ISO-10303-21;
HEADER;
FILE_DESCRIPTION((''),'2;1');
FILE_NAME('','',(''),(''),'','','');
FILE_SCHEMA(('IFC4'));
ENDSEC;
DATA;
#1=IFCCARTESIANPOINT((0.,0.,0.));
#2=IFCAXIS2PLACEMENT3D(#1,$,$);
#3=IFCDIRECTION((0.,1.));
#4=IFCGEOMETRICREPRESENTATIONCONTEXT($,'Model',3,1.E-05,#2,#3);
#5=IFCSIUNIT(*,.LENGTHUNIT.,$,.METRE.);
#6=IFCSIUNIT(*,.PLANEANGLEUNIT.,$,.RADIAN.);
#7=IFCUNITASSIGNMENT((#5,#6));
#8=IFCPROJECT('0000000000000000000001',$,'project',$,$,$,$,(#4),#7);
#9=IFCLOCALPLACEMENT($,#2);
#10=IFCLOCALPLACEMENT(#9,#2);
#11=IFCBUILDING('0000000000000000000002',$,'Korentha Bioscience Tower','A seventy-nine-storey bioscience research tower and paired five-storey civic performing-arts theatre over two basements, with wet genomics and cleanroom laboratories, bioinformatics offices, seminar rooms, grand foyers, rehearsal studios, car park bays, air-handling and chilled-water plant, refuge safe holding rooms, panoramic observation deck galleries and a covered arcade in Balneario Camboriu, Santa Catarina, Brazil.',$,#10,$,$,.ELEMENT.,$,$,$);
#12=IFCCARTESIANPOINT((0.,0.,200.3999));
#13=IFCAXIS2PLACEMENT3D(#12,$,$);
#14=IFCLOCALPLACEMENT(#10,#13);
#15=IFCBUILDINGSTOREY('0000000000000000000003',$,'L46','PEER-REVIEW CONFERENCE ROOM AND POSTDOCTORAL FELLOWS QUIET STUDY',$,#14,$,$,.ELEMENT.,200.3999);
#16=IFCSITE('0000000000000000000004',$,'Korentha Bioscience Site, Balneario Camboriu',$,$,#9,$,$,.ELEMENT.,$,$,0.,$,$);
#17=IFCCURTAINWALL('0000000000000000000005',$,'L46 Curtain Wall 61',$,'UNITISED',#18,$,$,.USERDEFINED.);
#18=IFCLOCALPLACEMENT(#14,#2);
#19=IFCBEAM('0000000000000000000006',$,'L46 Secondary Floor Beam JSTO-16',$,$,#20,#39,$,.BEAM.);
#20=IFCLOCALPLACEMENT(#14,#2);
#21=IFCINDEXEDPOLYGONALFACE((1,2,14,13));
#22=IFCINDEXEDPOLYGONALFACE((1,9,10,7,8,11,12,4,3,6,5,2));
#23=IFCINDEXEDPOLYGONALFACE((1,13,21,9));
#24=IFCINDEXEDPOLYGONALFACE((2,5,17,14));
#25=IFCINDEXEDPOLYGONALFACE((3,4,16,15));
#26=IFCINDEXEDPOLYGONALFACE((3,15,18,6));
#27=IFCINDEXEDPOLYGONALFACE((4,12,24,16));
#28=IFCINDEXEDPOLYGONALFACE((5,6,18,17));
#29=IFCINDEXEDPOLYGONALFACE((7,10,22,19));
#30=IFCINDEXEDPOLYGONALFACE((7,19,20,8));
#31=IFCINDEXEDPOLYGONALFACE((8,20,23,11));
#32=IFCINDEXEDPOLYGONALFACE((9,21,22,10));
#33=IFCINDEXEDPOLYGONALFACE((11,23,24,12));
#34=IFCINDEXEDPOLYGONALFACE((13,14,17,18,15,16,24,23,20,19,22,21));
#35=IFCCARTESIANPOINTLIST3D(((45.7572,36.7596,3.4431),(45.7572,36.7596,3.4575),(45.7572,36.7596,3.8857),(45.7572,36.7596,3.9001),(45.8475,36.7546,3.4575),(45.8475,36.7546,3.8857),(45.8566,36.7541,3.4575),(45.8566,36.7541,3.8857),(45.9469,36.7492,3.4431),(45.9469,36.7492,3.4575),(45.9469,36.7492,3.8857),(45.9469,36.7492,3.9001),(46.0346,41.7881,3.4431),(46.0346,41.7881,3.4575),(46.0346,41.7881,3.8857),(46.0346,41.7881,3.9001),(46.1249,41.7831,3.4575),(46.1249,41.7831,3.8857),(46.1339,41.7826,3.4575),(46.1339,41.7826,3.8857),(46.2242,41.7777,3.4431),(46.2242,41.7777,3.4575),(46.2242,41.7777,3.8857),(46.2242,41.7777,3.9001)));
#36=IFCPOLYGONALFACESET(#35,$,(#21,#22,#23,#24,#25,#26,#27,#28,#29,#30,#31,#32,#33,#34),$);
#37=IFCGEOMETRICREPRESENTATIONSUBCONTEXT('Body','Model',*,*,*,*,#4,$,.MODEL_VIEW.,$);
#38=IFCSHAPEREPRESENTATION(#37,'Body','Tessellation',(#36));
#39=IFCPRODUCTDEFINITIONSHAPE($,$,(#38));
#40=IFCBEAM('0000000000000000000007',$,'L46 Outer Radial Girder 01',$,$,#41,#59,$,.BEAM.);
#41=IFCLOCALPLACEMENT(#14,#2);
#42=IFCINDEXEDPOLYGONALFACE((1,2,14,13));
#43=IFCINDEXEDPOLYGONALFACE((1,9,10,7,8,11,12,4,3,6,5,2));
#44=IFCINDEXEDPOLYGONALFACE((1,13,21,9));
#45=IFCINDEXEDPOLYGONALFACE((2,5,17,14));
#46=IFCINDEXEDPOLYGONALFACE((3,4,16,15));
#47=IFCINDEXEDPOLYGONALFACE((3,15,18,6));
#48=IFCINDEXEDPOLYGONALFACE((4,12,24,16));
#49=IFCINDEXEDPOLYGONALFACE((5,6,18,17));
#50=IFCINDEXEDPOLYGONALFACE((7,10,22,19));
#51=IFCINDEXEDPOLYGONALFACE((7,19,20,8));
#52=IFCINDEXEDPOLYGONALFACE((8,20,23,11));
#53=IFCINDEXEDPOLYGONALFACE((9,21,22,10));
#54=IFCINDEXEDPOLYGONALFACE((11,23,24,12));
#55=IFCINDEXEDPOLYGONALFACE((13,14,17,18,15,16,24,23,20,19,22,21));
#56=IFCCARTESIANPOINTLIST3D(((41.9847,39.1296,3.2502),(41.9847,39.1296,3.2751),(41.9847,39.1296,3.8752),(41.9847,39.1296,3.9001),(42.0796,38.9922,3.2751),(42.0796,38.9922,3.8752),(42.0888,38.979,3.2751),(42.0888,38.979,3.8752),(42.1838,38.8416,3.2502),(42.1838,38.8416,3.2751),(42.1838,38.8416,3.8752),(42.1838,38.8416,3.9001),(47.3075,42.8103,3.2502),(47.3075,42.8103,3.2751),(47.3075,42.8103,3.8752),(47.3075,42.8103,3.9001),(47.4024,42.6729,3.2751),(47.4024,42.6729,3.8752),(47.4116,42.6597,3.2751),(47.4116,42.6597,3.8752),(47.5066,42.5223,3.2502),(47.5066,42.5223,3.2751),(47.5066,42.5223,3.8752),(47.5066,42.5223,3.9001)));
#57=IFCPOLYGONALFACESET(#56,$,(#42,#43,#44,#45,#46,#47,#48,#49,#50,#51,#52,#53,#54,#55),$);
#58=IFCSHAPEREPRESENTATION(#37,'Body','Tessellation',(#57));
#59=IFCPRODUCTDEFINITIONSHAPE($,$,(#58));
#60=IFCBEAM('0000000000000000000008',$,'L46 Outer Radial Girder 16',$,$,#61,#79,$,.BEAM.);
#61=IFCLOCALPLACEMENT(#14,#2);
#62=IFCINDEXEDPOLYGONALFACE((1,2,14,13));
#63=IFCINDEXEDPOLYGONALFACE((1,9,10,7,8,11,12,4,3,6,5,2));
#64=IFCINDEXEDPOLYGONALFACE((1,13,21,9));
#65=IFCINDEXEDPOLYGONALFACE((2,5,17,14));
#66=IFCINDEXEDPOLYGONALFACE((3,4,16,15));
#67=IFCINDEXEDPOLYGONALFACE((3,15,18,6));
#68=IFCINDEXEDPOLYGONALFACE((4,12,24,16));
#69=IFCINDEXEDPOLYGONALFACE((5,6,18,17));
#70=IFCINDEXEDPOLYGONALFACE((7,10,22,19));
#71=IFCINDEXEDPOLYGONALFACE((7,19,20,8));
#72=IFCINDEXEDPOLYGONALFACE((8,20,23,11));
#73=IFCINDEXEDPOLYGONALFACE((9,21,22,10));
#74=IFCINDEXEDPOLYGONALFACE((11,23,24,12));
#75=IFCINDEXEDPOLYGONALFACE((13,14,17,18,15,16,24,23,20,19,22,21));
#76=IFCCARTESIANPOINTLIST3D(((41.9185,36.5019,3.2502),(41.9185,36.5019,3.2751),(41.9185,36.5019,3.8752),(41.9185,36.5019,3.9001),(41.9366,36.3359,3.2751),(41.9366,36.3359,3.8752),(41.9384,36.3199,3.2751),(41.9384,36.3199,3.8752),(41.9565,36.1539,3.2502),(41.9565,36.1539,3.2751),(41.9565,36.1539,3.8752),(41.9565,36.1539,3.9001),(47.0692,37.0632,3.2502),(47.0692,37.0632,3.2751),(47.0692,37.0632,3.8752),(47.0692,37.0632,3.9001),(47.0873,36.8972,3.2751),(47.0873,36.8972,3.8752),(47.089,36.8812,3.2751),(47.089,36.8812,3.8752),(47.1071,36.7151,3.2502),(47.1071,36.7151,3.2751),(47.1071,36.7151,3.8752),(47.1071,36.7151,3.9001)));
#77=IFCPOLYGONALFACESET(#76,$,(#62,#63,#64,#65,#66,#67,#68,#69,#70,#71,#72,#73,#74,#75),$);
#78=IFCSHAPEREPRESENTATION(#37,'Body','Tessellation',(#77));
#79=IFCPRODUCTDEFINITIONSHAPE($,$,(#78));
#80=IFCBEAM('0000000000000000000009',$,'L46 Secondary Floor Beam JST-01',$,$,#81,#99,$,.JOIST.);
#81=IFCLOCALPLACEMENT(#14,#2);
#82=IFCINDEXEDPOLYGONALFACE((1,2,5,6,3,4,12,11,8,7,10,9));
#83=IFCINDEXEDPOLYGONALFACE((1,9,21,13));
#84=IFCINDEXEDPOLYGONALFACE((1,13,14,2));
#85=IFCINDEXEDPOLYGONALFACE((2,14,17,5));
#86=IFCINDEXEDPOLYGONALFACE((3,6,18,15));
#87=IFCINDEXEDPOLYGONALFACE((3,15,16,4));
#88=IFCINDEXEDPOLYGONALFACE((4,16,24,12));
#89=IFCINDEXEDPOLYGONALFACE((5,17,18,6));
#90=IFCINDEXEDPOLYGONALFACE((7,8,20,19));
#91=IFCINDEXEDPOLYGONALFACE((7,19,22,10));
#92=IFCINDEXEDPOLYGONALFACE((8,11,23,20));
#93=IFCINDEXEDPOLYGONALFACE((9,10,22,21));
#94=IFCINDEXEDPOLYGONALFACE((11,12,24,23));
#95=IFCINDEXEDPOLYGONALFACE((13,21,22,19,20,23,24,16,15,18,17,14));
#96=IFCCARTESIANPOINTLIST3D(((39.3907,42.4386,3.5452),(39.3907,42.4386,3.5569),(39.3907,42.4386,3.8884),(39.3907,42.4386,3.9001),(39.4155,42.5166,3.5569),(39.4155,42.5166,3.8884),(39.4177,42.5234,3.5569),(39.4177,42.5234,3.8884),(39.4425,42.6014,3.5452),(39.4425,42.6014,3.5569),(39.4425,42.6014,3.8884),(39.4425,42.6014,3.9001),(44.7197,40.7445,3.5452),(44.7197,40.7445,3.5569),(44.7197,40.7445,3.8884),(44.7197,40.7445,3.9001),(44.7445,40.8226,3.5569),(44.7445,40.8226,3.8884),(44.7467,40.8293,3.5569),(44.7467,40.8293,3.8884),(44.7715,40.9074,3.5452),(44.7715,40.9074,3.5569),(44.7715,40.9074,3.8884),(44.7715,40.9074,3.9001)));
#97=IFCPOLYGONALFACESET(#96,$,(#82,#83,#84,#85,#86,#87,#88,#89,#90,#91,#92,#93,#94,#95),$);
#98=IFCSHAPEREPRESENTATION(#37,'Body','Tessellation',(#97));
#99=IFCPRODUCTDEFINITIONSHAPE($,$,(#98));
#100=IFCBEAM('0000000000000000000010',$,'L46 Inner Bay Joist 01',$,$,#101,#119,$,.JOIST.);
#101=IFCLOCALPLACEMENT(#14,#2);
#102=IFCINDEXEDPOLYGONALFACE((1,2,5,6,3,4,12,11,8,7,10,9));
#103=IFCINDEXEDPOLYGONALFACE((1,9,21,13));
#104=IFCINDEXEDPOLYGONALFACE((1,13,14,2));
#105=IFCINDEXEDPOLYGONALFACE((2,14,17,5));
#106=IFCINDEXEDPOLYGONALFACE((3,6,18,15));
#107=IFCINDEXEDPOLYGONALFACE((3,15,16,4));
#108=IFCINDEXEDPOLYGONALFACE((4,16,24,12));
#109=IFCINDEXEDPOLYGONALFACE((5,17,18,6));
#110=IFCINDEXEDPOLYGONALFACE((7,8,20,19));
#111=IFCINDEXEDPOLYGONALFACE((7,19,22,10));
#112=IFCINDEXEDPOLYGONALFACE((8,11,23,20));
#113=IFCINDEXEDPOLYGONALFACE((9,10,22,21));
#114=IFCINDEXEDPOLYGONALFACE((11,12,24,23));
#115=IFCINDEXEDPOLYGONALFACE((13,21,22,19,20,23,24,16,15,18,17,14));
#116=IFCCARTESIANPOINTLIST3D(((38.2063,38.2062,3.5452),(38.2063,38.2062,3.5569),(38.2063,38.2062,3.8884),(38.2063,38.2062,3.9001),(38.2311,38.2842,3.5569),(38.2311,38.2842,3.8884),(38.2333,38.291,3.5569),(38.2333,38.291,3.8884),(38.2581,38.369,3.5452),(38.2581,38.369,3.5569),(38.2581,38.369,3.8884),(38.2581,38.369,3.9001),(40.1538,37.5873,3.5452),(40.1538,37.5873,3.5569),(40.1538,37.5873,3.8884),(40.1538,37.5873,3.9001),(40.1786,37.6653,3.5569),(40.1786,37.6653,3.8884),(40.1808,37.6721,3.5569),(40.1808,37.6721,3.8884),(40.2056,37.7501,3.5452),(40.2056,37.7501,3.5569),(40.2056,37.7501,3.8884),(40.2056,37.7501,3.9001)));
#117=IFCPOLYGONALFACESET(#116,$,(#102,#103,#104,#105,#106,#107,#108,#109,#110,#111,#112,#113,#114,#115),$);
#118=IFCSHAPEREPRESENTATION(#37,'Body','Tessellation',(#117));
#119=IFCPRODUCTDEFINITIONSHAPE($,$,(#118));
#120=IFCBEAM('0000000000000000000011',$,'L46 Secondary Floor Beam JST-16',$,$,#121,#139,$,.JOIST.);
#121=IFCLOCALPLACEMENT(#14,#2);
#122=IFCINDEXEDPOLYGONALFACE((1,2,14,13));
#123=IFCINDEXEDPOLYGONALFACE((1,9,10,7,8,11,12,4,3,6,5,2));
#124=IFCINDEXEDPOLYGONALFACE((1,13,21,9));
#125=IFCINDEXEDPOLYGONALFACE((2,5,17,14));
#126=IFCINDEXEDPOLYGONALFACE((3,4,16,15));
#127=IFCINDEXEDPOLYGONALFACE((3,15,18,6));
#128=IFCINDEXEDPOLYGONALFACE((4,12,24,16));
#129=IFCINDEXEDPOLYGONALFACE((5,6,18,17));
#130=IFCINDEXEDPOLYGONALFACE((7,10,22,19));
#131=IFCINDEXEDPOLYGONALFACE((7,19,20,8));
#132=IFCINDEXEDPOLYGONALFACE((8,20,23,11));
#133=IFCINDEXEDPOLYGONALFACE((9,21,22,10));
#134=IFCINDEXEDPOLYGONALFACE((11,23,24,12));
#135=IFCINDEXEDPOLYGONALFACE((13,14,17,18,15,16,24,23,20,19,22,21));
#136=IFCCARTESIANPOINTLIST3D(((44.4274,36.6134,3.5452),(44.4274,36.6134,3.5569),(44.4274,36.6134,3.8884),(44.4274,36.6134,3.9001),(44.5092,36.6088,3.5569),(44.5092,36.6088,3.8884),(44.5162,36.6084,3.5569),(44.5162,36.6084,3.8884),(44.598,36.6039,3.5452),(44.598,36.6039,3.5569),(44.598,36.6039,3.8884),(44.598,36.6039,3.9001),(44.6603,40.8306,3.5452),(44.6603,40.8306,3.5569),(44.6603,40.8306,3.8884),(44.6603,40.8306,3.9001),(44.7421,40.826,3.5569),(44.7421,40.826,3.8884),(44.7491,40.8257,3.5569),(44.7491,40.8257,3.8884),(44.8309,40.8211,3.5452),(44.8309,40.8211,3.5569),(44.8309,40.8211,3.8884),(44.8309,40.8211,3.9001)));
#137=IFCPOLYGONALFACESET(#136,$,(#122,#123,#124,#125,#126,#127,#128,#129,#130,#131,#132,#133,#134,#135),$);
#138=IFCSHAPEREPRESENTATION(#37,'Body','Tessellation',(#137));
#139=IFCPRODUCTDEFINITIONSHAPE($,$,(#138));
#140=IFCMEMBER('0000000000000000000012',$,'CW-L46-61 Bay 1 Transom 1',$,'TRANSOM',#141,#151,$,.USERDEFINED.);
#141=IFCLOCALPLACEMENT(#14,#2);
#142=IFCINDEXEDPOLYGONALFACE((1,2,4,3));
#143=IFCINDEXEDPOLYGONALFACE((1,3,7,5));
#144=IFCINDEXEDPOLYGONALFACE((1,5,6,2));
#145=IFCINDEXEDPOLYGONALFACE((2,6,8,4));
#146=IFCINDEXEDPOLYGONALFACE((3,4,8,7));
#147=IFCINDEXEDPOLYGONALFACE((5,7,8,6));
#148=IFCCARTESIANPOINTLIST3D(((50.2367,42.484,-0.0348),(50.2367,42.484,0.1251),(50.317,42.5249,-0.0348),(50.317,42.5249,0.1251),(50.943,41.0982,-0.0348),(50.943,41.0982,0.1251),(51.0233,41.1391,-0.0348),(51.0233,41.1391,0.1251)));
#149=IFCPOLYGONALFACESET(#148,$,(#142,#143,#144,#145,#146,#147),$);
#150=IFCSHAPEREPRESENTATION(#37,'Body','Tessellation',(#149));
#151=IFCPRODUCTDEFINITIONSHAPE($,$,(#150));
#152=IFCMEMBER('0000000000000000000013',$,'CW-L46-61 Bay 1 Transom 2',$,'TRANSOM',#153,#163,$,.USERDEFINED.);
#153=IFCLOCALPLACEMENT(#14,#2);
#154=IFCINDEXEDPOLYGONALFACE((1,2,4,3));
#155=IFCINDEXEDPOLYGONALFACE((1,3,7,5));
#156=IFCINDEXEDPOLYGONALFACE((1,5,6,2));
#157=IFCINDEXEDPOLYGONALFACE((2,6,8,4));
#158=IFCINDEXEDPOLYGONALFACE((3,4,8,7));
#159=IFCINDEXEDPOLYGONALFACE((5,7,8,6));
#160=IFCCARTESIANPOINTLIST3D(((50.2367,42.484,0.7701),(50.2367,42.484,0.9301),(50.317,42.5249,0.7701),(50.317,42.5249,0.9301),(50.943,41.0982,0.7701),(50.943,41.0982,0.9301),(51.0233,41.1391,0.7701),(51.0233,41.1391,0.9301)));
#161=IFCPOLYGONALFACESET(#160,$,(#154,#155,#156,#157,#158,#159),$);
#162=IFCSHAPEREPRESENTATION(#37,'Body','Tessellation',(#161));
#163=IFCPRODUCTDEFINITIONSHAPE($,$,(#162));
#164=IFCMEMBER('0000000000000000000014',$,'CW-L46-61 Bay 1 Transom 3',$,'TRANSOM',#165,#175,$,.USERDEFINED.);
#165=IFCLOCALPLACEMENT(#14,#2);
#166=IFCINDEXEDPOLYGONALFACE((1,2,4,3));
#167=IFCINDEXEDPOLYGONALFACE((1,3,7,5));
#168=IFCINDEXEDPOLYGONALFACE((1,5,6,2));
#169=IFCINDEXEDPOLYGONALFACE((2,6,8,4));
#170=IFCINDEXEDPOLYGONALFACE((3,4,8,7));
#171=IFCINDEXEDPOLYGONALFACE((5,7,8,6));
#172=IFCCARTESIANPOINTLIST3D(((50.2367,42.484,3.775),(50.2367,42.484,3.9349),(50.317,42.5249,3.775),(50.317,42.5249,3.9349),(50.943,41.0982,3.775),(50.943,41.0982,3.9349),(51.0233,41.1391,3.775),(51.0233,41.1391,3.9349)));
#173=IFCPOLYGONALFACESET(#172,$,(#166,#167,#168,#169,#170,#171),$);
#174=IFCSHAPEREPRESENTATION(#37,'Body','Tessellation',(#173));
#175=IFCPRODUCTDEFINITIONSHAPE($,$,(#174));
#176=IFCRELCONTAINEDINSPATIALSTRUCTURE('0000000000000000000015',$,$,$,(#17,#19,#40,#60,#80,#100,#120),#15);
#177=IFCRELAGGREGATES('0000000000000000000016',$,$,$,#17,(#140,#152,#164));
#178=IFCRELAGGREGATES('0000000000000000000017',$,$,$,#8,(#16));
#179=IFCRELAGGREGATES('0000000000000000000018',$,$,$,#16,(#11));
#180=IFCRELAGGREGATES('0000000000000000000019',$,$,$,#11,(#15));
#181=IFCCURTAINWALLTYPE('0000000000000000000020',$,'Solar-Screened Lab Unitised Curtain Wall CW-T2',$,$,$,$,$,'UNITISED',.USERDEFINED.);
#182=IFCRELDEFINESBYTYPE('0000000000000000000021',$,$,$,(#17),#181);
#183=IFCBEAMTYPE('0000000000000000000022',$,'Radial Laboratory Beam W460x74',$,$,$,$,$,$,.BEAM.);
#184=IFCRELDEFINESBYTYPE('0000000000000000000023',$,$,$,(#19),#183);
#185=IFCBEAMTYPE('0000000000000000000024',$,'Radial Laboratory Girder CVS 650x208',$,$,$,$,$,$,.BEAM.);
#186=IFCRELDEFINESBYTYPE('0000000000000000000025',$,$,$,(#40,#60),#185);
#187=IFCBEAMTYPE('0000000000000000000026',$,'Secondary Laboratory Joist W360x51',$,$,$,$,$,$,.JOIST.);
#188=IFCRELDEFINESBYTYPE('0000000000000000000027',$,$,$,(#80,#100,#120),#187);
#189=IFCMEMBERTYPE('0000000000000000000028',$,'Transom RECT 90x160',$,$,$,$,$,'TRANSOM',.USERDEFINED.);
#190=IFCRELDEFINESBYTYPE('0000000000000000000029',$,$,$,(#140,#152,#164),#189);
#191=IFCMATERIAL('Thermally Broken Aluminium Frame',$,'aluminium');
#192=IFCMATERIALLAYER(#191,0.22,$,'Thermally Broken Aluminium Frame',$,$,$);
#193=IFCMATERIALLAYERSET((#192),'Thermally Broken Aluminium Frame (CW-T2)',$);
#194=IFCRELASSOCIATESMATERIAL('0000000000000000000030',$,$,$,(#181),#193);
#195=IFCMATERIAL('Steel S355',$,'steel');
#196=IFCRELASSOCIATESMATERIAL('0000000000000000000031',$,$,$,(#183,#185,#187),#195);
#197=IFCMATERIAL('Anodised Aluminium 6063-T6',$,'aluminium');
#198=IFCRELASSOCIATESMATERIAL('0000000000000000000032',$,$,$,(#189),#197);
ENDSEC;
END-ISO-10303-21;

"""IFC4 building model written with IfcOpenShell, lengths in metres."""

from ifc_helpers import new_model, si_unit, direction, frame, origin, origin_2d, place, context, subcontext, project, spatial, rectangle, i_section, extrude, material, layer, layer_set, material_profile, profile_set, type_object, element, aggregate, save


model = new_model("IFC4")

# Units and contexts
model_context = context("Model", 3, precision=1e-05, world=origin(), true_north=direction((0.0, 1.0)))
body_context = subcontext(model_context, "Body", "Model", "MODEL_VIEW")
ifc_project = project(units=[si_unit("LENGTHUNIT", "METRE"), si_unit("PLANEANGLEUNIT", "RADIAN")], contexts=[model_context])

# Site, building, storey
site_placement = place(None, origin())
site = spatial("IfcSite", under=ifc_project, at=site_placement, Name="Korentha Bioscience Site, Balneario Camboriu", CompositionType="ELEMENT", RefElevation=0.0)
building_placement = place(site_placement, origin())
building = spatial("IfcBuilding", under=site, at=building_placement, Name="Korentha Bioscience Tower", Description="A seventy-nine-storey bioscience research tower and paired five-storey civic performing-arts theatre over two basements, with wet genomics and cleanroom laboratories, bioinformatics offices, seminar rooms, grand foyers, rehearsal studios, car park bays, air-handling and chilled-water plant, refuge safe holding rooms, panoramic observation deck galleries and a covered arcade in Balneario Camboriu, Santa Catarina, Brazil.", CompositionType="ELEMENT")
storey_placement = place(building_placement, frame((0.0, 0.0, 200.3999)))
storey = spatial("IfcBuildingStorey", under=building, at=storey_placement, Name="L46", Description="PEER-REVIEW CONFERENCE ROOM AND POSTDOCTORAL FELLOWS QUIET STUDY", CompositionType="ELEMENT", Elevation=200.3999)

# Shared definitions
ifc_material_1 = material(Name="Steel S355", Category="steel")

# Curtain wall
ifc_material_2 = material(Name="Thermally Broken Aluminium Frame", Category="aluminium")
ifc_layer_1 = layer(ifc_material_2, 0.22, Name="Thermally Broken Aluminium Frame")
ifc_layer_set_1 = layer_set([ifc_layer_1], Name="Thermally Broken Aluminium Frame (CW-T2)")
curtain_wall_type = type_object("IfcCurtainWallType", Name="Solar-Screened Lab Unitised Curtain Wall CW-T2", ElementType="UNITISED", PredefinedType="USERDEFINED", material=ifc_layer_set_1)
curtain_wall_placement = place(storey_placement, origin())
curtain_wall = element("IfcCurtainWall", 1, at=curtain_wall_placement, inside=storey, type_object=curtain_wall_type, Name="L46 Curtain Wall 61", ObjectType="UNITISED", PredefinedType="USERDEFINED")
ifc_material_3 = material(Name="Anodised Aluminium 6063-T6", Category="aluminium")

# Beams
ifc_material_profile_1 = material_profile(ifc_material_1, i_section(OverallWidth=0.1899, OverallDepth=0.457, WebThickness=0.009, FlangeThickness=0.0144, at=origin_2d()), Name="Steel S355")
ifc_profile_set_1 = profile_set([ifc_material_profile_1], Name="Steel S355 (RB-460)")
beam_type_1 = type_object("IfcBeamType", Name="Radial Laboratory Beam W460x74", PredefinedType="BEAM", material=ifc_profile_set_1)
beam_1_placement = place(storey_placement, frame((45.8521, 36.7544, 3.6716), z_axis=(0.05507, 0.998482, 0.0), x_axis=(-0.998482, 0.05507, 0.0)))
element("IfcBeam", 2, at=beam_1_placement, inside=storey, type_object=beam_type_1, Name="L46 Secondary Floor Beam JSTO-16", PredefinedType="BEAM", context=body_context, shape_type="SweptSolid", body=[
    extrude(i_section(OverallWidth=0.1899, OverallDepth=0.457, WebThickness=0.009, FlangeThickness=0.0144, at=origin_2d()), origin(), (0.0, 0.0, 1.0), 5.0361),
])
ifc_material_profile_2 = material_profile(ifc_material_1, i_section(OverallWidth=0.3501, OverallDepth=0.6499, WebThickness=0.0161, FlangeThickness=0.0249, at=origin_2d()), Name="Steel S355")
ifc_profile_set_2 = profile_set([ifc_material_profile_2], Name="Steel S355 (RB-650)")
beam_type_2 = type_object("IfcBeamType", Name="Radial Laboratory Girder CVS 650x208", PredefinedType="BEAM", material=ifc_profile_set_2)
beam_2_placement = place(storey_placement, frame((42.0842, 38.9856, 3.5752), z_axis=(0.822504, 0.568759, 0.0), x_axis=(-0.568759, 0.822504, 0.0)))
element("IfcBeam", 3, at=beam_2_placement, inside=storey, type_object=beam_type_2, Name="L46 Outer Radial Girder 01", PredefinedType="BEAM", context=body_context, shape_type="SweptSolid", body=[
    extrude(i_section(OverallWidth=0.3501, OverallDepth=0.6499, WebThickness=0.0161, FlangeThickness=0.0249, at=origin_2d()), origin(), (0.0, 0.0, 1.0), 6.4714),
])
beam_3_placement = place(storey_placement, frame((41.9375, 36.3279, 3.5752), z_axis=(0.994115, 0.108332, 0.0), x_axis=(-0.108332, 0.994115, 0.0)))
element("IfcBeam", 4, at=beam_3_placement, inside=storey, type_object=beam_type_2, Name="L46 Outer Radial Girder 16", PredefinedType="BEAM", context=body_context, shape_type="SweptSolid", body=[
    extrude(i_section(OverallWidth=0.3501, OverallDepth=0.6499, WebThickness=0.0161, FlangeThickness=0.0249, at=origin_2d()), origin(), (0.0, 0.0, 1.0), 5.1812),
])
ifc_material_profile_3 = material_profile(ifc_material_1, i_section(OverallWidth=0.1709, OverallDepth=0.355, WebThickness=0.0071, FlangeThickness=0.0117, at=origin_2d()), Name="Steel S355")
ifc_profile_set_3 = profile_set([ifc_material_profile_3], Name="Steel S355 (JB-360)")
beam_type_3 = type_object("IfcBeamType", Name="Secondary Laboratory Joist W360x51", PredefinedType="JOIST", material=ifc_profile_set_3)
beam_4_placement = place(storey_placement, frame((44.7456, 40.8259, 3.7227), z_axis=(-0.953005, 0.302955, 0.0), x_axis=(-0.302955, -0.953005, 0.0)))
element("IfcBeam", 5, at=beam_4_placement, inside=storey, type_object=beam_type_3, Name="L46 Secondary Floor Beam JST-01", PredefinedType="JOIST", context=body_context, shape_type="SweptSolid", body=[
    extrude(i_section(OverallWidth=0.1709, OverallDepth=0.355, WebThickness=0.0071, FlangeThickness=0.0117, at=origin_2d()), origin(), (0.0, 0.0, 1.0), 5.5918),
])
beam_5_placement = place(storey_placement, frame((40.1797, 37.6687, 3.7227), z_axis=(-0.953034, 0.302863, 0.0), x_axis=(-0.302863, -0.953034, 0.0)))
element("IfcBeam", 6, at=beam_5_placement, inside=storey, type_object=beam_type_3, Name="L46 Inner Bay Joist 01", PredefinedType="JOIST", context=body_context, shape_type="SweptSolid", body=[
    extrude(i_section(OverallWidth=0.1709, OverallDepth=0.355, WebThickness=0.0071, FlangeThickness=0.0117, at=origin_2d()), origin(), (0.0, 0.0, 1.0), 2.0435),
])
beam_6_placement = place(storey_placement, frame((44.5127, 36.6086, 3.7227), z_axis=(0.055143, 0.998478, 0.0), x_axis=(-0.998478, 0.055143, 0.0)))
element("IfcBeam", 7, at=beam_6_placement, inside=storey, type_object=beam_type_3, Name="L46 Secondary Floor Beam JST-16", PredefinedType="JOIST", context=body_context, shape_type="SweptSolid", body=[
    extrude(i_section(OverallWidth=0.1709, OverallDepth=0.355, WebThickness=0.0071, FlangeThickness=0.0117, at=origin_2d()), origin(), (0.0, 0.0, 1.0), 4.2236),
])

# Members
ifc_material_profile_4 = material_profile(ifc_material_3, rectangle(XDim=0.0901, YDim=0.1599, at=origin_2d()), Name="Anodised Aluminium 6063-T6")
ifc_profile_set_4 = profile_set([ifc_material_profile_4], Name="Anodised Aluminium 6063-T6 (CW-TRN)")
member_type_1 = type_object("IfcMemberType", Name="Transom RECT 90x160", ElementType="TRANSOM", PredefinedType="USERDEFINED", material=ifc_profile_set_4)
member_1_placement = place(storey_placement, frame((50.9832, 41.1187, 0.0452), z_axis=(-0.454107, 0.890947, 0.0), x_axis=(-0.890947, -0.454107, 0.0)))
member_1 = element("IfcMember", 8, at=member_1_placement, type_object=member_type_1, Name="CW-L46-61 Bay 1 Transom 1", ObjectType="TRANSOM", PredefinedType="USERDEFINED", context=body_context, shape_type="SweptSolid", body=[
    extrude(rectangle(XDim=0.0901, YDim=0.1599, at=origin_2d()), origin(), (0.0, 0.0, 1.0), 1.5554),
])
member_2_placement = place(storey_placement, frame((50.9832, 41.1187, 0.8501), z_axis=(-0.454107, 0.890947, 0.0), x_axis=(-0.890947, -0.454107, 0.0)))
member_2 = element("IfcMember", 9, at=member_2_placement, type_object=member_type_1, Name="CW-L46-61 Bay 1 Transom 2", ObjectType="TRANSOM", PredefinedType="USERDEFINED", context=body_context, shape_type="SweptSolid", body=[
    extrude(rectangle(XDim=0.0901, YDim=0.1599, at=origin_2d()), origin(), (0.0, 0.0, 1.0), 1.5554),
])
member_3_placement = place(storey_placement, frame((50.9832, 41.1187, 3.855), z_axis=(-0.454107, 0.890947, 0.0), x_axis=(-0.890947, -0.454107, 0.0)))
member_3 = element("IfcMember", 10, at=member_3_placement, type_object=member_type_1, Name="CW-L46-61 Bay 1 Transom 3", ObjectType="TRANSOM", PredefinedType="USERDEFINED", context=body_context, shape_type="SweptSolid", body=[
    extrude(rectangle(XDim=0.0901, YDim=0.1599, at=origin_2d()), origin(), (0.0, 0.0, 1.0), 1.5554),
])

aggregate(curtain_wall, [member_1, member_2, member_3])

save(model, "model.ifc")
